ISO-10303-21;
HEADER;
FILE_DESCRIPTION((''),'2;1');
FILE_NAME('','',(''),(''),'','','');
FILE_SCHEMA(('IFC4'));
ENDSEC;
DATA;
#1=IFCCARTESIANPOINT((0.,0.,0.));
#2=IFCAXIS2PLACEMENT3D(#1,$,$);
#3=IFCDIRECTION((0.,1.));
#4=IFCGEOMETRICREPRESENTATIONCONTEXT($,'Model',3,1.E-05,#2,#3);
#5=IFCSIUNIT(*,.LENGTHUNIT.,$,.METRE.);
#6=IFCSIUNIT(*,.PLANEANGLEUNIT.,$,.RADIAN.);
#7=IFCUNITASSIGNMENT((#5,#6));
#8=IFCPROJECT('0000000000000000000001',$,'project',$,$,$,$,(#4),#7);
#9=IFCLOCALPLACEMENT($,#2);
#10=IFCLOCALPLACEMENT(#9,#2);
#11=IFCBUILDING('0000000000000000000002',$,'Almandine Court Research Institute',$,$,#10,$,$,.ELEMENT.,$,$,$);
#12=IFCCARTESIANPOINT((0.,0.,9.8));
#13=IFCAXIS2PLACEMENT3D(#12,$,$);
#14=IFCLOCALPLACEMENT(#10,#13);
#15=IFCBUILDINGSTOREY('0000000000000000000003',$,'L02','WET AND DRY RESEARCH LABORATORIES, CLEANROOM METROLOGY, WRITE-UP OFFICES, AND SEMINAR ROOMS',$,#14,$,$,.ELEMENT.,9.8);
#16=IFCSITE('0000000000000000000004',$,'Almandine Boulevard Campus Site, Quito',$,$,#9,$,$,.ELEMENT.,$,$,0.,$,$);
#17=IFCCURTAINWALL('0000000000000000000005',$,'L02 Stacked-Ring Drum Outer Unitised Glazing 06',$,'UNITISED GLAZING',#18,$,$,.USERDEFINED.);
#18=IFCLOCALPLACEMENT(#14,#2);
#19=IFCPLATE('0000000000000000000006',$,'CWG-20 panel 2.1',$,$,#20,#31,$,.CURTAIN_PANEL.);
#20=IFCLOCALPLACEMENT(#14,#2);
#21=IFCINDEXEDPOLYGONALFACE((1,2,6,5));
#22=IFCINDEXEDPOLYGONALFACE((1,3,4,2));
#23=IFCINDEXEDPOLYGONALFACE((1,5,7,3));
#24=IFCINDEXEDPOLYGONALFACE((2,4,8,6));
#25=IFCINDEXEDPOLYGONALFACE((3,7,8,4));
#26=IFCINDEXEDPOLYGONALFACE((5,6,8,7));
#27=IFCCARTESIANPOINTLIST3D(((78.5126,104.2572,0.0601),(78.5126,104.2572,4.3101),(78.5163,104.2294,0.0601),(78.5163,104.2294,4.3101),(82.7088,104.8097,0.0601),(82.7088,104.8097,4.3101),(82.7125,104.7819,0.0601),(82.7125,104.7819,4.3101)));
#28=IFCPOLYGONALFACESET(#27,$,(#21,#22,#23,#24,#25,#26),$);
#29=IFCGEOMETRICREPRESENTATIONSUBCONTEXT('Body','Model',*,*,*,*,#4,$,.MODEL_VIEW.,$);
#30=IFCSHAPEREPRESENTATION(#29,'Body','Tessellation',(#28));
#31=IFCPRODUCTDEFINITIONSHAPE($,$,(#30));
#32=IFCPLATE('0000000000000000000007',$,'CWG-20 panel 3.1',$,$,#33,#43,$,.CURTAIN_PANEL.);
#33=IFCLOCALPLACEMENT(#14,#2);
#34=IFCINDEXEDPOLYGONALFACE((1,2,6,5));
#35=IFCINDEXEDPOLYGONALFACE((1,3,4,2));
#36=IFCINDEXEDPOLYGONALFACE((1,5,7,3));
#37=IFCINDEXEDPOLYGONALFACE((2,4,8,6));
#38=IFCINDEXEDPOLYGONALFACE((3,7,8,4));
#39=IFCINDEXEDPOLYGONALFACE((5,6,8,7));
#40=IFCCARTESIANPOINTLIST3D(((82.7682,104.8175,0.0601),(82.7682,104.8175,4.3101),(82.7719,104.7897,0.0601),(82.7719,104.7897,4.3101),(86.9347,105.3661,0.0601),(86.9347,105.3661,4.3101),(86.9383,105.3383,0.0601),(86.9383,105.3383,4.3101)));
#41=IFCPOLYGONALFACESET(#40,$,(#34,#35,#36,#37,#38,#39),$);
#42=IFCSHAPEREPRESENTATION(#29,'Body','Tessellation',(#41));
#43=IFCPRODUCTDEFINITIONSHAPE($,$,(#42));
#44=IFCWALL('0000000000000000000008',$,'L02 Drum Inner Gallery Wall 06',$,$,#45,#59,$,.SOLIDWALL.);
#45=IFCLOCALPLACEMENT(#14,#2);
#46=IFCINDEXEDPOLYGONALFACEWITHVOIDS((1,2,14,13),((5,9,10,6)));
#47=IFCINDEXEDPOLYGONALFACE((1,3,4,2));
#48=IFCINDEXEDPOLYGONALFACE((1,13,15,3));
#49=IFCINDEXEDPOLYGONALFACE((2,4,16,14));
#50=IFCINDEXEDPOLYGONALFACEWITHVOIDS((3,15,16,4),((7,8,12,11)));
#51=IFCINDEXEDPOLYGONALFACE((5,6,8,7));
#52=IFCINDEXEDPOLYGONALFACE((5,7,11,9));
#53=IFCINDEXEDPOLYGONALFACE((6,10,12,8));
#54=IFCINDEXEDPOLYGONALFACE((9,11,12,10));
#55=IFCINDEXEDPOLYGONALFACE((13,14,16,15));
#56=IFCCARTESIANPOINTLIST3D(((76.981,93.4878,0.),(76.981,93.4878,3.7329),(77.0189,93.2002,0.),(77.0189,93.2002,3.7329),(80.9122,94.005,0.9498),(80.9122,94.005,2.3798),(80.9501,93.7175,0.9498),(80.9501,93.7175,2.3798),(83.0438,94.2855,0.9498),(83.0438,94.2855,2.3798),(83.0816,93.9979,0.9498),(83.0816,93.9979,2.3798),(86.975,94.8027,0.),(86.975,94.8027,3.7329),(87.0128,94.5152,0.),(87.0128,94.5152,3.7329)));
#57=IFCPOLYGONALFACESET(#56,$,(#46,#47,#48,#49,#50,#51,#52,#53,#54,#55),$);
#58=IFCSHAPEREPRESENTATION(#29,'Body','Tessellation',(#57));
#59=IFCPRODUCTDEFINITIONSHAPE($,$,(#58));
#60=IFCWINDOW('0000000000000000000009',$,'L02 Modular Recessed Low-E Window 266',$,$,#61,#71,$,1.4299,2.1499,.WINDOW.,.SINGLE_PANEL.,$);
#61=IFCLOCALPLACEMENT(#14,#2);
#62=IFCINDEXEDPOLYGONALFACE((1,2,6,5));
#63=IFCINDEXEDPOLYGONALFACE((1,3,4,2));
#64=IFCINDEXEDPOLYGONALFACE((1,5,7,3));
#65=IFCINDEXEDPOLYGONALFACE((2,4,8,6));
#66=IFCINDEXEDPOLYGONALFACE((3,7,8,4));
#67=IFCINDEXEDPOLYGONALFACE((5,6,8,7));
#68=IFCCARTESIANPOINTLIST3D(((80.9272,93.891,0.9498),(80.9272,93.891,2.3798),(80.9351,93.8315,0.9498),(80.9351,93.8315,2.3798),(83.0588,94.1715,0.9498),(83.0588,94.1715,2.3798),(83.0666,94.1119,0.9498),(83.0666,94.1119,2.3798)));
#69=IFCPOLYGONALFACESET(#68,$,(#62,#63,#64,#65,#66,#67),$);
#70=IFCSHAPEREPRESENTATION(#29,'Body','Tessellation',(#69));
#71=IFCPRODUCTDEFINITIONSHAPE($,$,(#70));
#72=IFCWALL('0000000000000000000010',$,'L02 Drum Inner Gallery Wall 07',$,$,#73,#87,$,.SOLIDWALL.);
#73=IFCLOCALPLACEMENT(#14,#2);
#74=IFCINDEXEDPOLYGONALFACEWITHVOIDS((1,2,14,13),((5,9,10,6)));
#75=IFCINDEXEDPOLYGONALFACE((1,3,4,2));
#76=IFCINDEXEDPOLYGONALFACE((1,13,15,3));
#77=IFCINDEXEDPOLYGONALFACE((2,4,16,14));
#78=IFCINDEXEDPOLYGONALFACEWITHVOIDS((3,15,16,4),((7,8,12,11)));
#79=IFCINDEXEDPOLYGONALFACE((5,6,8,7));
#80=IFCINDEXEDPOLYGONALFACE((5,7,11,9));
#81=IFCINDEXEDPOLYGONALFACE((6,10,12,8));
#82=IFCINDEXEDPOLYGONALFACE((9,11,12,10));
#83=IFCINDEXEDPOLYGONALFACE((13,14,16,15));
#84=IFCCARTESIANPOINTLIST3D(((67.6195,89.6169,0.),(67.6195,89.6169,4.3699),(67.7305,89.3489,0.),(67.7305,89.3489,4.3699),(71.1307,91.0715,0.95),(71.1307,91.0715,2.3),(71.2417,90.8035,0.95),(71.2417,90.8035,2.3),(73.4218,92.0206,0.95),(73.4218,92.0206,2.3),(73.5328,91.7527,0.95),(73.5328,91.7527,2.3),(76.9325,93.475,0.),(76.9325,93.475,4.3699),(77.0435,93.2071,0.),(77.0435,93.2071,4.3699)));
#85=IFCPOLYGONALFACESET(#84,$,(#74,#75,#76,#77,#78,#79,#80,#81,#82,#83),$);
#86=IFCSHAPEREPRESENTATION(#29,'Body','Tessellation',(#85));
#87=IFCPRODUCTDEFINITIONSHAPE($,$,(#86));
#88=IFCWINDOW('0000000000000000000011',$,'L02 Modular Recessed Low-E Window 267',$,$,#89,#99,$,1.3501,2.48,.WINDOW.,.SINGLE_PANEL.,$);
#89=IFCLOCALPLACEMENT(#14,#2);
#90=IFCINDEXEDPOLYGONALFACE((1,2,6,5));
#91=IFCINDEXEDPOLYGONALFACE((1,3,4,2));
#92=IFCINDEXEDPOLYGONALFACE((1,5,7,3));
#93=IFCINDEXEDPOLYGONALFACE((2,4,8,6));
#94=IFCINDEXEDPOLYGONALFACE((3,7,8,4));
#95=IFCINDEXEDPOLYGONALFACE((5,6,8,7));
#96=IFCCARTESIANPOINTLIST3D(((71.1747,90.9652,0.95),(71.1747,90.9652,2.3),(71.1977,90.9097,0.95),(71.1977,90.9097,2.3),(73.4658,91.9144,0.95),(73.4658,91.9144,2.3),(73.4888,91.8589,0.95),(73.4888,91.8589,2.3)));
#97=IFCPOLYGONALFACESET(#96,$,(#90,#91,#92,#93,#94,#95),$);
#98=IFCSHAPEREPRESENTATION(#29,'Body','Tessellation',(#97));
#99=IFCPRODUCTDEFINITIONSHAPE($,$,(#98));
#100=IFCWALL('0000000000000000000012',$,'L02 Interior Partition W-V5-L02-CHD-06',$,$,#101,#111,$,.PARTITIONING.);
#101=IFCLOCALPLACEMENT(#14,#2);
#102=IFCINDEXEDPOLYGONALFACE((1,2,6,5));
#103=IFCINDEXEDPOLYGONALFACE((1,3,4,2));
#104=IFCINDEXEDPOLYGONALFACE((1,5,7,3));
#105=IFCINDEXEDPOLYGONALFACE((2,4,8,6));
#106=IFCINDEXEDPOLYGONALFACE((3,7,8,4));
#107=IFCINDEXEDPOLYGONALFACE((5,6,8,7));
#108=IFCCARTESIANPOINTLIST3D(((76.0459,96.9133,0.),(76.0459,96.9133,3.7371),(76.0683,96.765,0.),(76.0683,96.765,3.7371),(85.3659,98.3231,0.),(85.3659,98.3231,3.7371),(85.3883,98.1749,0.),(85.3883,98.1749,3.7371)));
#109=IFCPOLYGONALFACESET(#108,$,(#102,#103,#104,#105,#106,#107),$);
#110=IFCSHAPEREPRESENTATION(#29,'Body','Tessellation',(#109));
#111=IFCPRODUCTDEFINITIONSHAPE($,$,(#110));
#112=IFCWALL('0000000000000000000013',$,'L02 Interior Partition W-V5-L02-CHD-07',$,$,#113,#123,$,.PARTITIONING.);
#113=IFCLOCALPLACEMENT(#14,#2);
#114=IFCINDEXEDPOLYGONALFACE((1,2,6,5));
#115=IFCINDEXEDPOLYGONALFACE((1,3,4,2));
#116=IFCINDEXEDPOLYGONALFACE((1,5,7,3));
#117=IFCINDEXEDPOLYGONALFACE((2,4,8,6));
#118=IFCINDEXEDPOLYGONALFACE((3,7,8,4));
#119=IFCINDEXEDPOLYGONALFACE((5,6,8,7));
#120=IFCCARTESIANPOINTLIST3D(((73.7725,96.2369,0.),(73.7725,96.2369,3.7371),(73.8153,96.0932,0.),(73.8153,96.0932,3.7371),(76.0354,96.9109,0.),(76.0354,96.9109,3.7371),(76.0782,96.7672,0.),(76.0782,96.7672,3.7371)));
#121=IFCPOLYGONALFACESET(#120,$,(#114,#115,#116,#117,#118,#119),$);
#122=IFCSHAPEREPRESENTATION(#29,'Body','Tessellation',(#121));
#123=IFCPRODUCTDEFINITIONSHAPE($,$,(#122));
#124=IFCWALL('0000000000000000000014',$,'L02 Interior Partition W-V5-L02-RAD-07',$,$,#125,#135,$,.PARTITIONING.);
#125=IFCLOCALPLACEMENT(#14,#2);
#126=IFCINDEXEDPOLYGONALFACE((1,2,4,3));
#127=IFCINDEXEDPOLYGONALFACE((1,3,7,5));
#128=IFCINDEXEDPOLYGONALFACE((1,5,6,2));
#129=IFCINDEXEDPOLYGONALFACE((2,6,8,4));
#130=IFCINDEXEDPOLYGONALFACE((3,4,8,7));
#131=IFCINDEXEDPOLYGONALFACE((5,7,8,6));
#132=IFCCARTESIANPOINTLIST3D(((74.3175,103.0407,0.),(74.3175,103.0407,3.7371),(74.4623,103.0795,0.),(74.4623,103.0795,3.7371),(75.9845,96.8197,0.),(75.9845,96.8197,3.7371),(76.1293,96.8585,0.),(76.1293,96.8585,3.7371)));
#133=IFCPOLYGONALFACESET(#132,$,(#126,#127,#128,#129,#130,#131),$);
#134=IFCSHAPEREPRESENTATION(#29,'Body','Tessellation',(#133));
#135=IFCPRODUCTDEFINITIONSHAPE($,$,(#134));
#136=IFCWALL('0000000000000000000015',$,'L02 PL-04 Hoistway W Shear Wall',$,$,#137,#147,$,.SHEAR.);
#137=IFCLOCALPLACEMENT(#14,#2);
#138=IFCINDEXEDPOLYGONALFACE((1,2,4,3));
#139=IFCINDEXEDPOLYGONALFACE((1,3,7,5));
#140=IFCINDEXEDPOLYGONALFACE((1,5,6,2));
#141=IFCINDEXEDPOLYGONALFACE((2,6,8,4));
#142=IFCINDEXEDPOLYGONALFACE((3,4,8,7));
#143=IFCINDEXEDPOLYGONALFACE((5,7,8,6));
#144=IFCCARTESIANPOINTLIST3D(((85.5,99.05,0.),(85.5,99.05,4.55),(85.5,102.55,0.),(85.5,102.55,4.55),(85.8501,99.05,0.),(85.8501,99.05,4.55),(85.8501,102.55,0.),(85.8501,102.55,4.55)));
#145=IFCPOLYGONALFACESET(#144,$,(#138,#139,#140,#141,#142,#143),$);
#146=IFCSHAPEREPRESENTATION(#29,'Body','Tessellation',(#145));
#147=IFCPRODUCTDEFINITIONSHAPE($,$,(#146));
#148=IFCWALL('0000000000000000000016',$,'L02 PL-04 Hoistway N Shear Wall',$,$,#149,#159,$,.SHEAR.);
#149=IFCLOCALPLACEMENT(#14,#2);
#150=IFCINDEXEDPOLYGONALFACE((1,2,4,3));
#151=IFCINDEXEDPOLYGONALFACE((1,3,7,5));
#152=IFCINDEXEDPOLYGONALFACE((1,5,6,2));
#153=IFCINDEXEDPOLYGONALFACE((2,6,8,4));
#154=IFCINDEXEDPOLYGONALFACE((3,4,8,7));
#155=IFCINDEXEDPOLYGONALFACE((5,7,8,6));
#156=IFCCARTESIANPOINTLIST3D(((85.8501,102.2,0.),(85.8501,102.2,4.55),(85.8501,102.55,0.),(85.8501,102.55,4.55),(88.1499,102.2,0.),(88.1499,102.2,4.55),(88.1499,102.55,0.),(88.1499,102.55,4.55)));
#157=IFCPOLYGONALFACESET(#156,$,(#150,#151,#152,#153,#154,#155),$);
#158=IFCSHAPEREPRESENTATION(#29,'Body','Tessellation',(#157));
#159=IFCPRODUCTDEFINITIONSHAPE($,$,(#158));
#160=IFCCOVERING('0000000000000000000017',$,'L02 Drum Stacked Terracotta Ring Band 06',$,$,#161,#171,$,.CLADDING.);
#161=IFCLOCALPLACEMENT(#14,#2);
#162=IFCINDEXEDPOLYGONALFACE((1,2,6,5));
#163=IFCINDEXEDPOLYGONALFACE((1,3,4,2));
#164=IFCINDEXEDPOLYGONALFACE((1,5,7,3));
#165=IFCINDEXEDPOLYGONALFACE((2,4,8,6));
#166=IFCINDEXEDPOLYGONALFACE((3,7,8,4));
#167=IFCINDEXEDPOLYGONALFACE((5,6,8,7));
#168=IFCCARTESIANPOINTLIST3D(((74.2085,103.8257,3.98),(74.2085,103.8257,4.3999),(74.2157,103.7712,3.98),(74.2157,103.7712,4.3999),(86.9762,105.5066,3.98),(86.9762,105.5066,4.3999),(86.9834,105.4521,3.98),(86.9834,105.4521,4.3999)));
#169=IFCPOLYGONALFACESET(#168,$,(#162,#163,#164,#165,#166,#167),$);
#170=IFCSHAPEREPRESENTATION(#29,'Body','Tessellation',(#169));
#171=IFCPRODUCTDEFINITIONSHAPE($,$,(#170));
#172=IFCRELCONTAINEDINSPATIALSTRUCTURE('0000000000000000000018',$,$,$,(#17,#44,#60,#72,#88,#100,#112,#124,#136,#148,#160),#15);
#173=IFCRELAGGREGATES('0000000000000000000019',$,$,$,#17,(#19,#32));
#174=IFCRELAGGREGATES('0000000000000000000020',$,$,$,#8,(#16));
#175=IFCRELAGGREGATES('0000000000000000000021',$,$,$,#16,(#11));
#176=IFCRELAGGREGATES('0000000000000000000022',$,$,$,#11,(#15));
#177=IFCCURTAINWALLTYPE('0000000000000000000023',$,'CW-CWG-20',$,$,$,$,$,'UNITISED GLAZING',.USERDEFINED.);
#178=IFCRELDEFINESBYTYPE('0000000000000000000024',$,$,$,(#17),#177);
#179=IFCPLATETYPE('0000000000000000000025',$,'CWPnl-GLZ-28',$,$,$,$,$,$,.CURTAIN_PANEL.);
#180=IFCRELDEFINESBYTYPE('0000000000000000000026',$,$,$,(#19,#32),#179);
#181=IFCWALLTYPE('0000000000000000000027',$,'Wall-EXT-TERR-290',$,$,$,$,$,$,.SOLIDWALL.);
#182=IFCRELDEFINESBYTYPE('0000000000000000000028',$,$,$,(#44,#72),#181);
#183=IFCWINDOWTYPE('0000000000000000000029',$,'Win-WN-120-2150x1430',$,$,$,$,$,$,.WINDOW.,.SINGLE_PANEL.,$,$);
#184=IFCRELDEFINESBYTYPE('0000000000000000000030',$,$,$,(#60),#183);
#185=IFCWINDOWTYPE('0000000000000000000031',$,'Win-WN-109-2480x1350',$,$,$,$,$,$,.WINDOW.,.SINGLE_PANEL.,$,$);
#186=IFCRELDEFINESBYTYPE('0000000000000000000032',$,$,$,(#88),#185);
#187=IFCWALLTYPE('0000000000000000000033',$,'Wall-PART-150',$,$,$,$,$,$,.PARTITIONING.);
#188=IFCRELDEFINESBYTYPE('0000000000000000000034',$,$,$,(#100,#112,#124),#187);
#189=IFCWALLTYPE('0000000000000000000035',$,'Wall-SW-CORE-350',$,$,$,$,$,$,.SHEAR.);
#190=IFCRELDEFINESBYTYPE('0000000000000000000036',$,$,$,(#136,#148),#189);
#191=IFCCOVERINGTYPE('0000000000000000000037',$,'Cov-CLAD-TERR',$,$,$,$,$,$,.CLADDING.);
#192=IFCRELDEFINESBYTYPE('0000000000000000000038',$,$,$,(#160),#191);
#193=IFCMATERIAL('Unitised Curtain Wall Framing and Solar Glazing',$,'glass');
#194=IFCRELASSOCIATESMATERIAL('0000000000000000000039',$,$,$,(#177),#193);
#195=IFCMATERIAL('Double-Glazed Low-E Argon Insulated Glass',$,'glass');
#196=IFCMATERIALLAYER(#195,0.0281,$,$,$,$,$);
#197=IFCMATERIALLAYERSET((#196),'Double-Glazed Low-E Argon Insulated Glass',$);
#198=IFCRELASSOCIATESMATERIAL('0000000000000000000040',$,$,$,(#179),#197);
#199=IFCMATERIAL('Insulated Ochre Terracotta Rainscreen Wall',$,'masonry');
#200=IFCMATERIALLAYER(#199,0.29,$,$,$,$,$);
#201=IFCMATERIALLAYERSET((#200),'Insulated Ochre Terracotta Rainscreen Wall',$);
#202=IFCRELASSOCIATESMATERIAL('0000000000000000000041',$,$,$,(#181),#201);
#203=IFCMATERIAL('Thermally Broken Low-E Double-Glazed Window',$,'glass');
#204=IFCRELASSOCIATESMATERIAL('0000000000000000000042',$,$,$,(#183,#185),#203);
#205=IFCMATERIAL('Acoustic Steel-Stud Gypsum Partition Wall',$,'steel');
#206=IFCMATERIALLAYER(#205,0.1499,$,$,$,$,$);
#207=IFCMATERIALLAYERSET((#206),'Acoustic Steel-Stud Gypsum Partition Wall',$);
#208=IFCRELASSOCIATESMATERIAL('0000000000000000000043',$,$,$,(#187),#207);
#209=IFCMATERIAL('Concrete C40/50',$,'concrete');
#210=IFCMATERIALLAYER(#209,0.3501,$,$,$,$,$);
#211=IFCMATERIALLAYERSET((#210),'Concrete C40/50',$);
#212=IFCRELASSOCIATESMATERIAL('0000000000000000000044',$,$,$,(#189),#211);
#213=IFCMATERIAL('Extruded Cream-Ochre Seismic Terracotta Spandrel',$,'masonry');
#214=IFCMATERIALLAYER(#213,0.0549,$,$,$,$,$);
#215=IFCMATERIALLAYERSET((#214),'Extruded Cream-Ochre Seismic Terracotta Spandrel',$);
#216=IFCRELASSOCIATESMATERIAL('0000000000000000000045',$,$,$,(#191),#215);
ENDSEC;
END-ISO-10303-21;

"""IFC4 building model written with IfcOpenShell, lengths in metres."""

from ifc_helpers import new_model, si_unit, direction, frame, frame_2d, origin, origin_2d, place, context, subcontext, project, spatial, rectangle, extrude, material, layer, layer_set, type_object, element, fill, aggregate, save


model = new_model("IFC4")

# Units and contexts
model_context = context("Model", 3, precision=1e-05, world=origin(), true_north=direction((0.0, 1.0)))
body_context = subcontext(model_context, "Body", "Model", "MODEL_VIEW")
ifc_project = project(units=[si_unit("LENGTHUNIT", "METRE"), si_unit("PLANEANGLEUNIT", "RADIAN")], contexts=[model_context])

# Site, building, storey
site_placement = place(None, origin())
site = spatial("IfcSite", under=ifc_project, at=site_placement, Name="Almandine Boulevard Campus Site, Quito", CompositionType="ELEMENT", RefElevation=0.0)
building_placement = place(site_placement, origin())
building = spatial("IfcBuilding", under=site, at=building_placement, Name="Almandine Court Research Institute", CompositionType="ELEMENT")
storey_placement = place(building_placement, frame((0.0, 0.0, 9.8)))
storey = spatial("IfcBuildingStorey", under=building, at=storey_placement, Name="L02", Description="WET AND DRY RESEARCH LABORATORIES, CLEANROOM METROLOGY, WRITE-UP OFFICES, AND SEMINAR ROOMS", CompositionType="ELEMENT", Elevation=9.8)

# Curtain wall, plates
ifc_material_1 = material(Name="Unitised Curtain Wall Framing and Solar Glazing", Category="glass")
curtain_wall_type = type_object("IfcCurtainWallType", Name="CW-CWG-20", ElementType="UNITISED GLAZING", PredefinedType="USERDEFINED", material=ifc_material_1)
curtain_wall_placement = place(storey_placement, origin())
curtain_wall = element("IfcCurtainWall", 1, at=curtain_wall_placement, inside=storey, type_object=curtain_wall_type, Name="L02 Stacked-Ring Drum Outer Unitised Glazing 06", ObjectType="UNITISED GLAZING", PredefinedType="USERDEFINED")
ifc_material_2 = material(Name="Double-Glazed Low-E Argon Insulated Glass", Category="glass")
ifc_layer_1 = layer(ifc_material_2, 0.0281)
ifc_layer_set_1 = layer_set([ifc_layer_1], Name="Double-Glazed Low-E Argon Insulated Glass")
plate_type = type_object("IfcPlateType", Name="CWPnl-GLZ-28", PredefinedType="CURTAIN_PANEL", material=ifc_layer_set_1)
plate_1_placement = place(storey_placement, frame((80.6125, 104.5195, 0.0601), z_axis=(0.0, 0.0, 1.0), x_axis=(0.991443, 0.130541, 0.0)))
plate_1 = element("IfcPlate", 2, at=plate_1_placement, type_object=plate_type, Name="CWG-20 panel 2.1", PredefinedType="CURTAIN_PANEL", context=body_context, shape_type="SweptSolid", body=[
    extrude(rectangle(XDim=4.2324, YDim=0.0281, at=origin_2d()), origin(), (0.0, 0.0, 1.0), 4.25),
])
plate_2_placement = place(storey_placement, frame((84.8533, 105.0779, 0.0601), z_axis=(0.0, 0.0, 1.0), x_axis=(0.991443, 0.130541, 0.0)))
plate_2 = element("IfcPlate", 3, at=plate_2_placement, type_object=plate_type, Name="CWG-20 panel 3.1", PredefinedType="CURTAIN_PANEL", context=body_context, shape_type="SweptSolid", body=[
    extrude(rectangle(XDim=4.2024, YDim=0.0281, at=origin_2d()), origin(), (0.0, 0.0, 1.0), 4.25),
])
aggregate(curtain_wall, [plate_1, plate_2])

# Walls, openings, windows
ifc_material_3 = material(Name="Insulated Ochre Terracotta Rainscreen Wall", Category="masonry")
ifc_layer_2 = layer(ifc_material_3, 0.29)
ifc_layer_set_2 = layer_set([ifc_layer_2], Name="Insulated Ochre Terracotta Rainscreen Wall")
wall_type_1 = type_object("IfcWallType", Name="Wall-EXT-TERR-290", PredefinedType="SOLIDWALL", material=ifc_layer_set_2)
wall_1_placement = place(storey_placement, frame((86.9939, 94.6589, 0.0), z_axis=(0.0, 0.0, 1.0), x_axis=(-0.991455, -0.13045, 0.0)))
wall_1 = element("IfcWall", 4, at=wall_1_placement, inside=storey, type_object=wall_type_1, Name="L02 Drum Inner Gallery Wall 06", PredefinedType="SOLIDWALL", context=body_context, shape_type="SweptSolid", body=[
    extrude(rectangle(XDim=10.0801, YDim=0.29, at=frame_2d((5.04, 0.0))), origin(), (0.0, 0.0, 1.0), 3.7329),
])
opening_1_placement = place(wall_1_placement, frame((3.9651, 0.0, 0.95)))
opening_1 = element("IfcOpeningElement", 5, at=opening_1_placement, cuts=wall_1, PredefinedType="OPENING", context=body_context, shape_type="SweptSolid", body=[
    extrude(rectangle(XDim=2.1499, YDim=1.4299, at=frame_2d((1.075, 0.7148))), frame((0.0, 0.155, 0.0), z_axis=(0.0, -1.0, 0.0), x_axis=(1.0, 0.0, 0.0)), (0.0, 0.0, 1.0), 0.3101),
])
ifc_material_4 = material(Name="Thermally Broken Low-E Double-Glazed Window", Category="glass")
window_type_1 = type_object("IfcWindowType", Name="Win-WN-120-2150x1430", PartitioningType="SINGLE_PANEL", PredefinedType="WINDOW", material=ifc_material_4)
window_1_placement = place(opening_1_placement, origin())
window_1 = element("IfcWindow", 6, at=window_1_placement, inside=storey, type_object=window_type_1, Name="L02 Modular Recessed Low-E Window 266", OverallHeight=1.4299, OverallWidth=2.1499, PartitioningType="SINGLE_PANEL", PredefinedType="WINDOW", context=body_context, shape_type="SweptSolid", body=[
    extrude(rectangle(XDim=2.1499, YDim=1.4299, at=frame_2d((1.075, 0.7148))), frame((0.0, 0.03, 0.0), z_axis=(0.0, -1.0, 0.0), x_axis=(1.0, 0.0, 0.0)), (0.0, 0.0, 1.0), 0.0601),
])
fill(opening_1, window_1)
wall_2_placement = place(storey_placement, frame((76.988, 93.3411, 0.0), z_axis=(0.0, 0.0, 1.0), x_axis=(-0.923859, -0.382733, 0.0)))
wall_2 = element("IfcWall", 7, at=wall_2_placement, inside=storey, type_object=wall_type_1, Name="L02 Drum Inner Gallery Wall 07", PredefinedType="SOLIDWALL", context=body_context, shape_type="SweptSolid", body=[
    extrude(rectangle(XDim=10.0806, YDim=0.29, at=frame_2d((5.0403, 0.0))), origin(), (0.0, 0.0, 1.0), 4.3699),
])
opening_2_placement = place(wall_2_placement, frame((3.8, 0.0, 0.95)))
opening_2 = element("IfcOpeningElement", 8, at=opening_2_placement, cuts=wall_2, PredefinedType="OPENING", context=body_context, shape_type="SweptSolid", body=[
    extrude(rectangle(XDim=2.48, YDim=1.3501, at=frame_2d((1.24, 0.675))), frame((0.0, 0.155, 0.0), z_axis=(0.0, -1.0, 0.0), x_axis=(1.0, 0.0, 0.0)), (0.0, 0.0, 1.0), 0.3101),
])
window_type_2 = type_object("IfcWindowType", Name="Win-WN-109-2480x1350", PartitioningType="SINGLE_PANEL", PredefinedType="WINDOW", material=ifc_material_4)
window_2_placement = place(opening_2_placement, origin())
window_2 = element("IfcWindow", 9, at=window_2_placement, inside=storey, type_object=window_type_2, Name="L02 Modular Recessed Low-E Window 267", OverallHeight=1.3501, OverallWidth=2.48, PartitioningType="SINGLE_PANEL", PredefinedType="WINDOW", context=body_context, shape_type="SweptSolid", body=[
    extrude(rectangle(XDim=2.48, YDim=1.3501, at=frame_2d((1.24, 0.675))), frame((0.0, 0.03, 0.0), z_axis=(0.0, -1.0, 0.0), x_axis=(1.0, 0.0, 0.0)), (0.0, 0.0, 1.0), 0.0601),
])
fill(opening_2, window_2)

# Walls
ifc_material_5 = material(Name="Acoustic Steel-Stud Gypsum Partition Wall", Category="steel")
ifc_layer_3 = layer(ifc_material_5, 0.1499)
ifc_layer_set_3 = layer_set([ifc_layer_3], Name="Acoustic Steel-Stud Gypsum Partition Wall")
wall_type_2 = type_object("IfcWallType", Name="Wall-PART-150", PredefinedType="PARTITIONING", material=ifc_layer_set_3)
wall_3_placement = place(storey_placement, frame((85.377, 98.249, 0.0), z_axis=(0.0, 0.0, 1.0), x_axis=(-0.98875, -0.149575, 0.0)))
element("IfcWall", 10, at=wall_3_placement, inside=storey, type_object=wall_type_2, Name="L02 Interior Partition W-V5-L02-CHD-06", PredefinedType="PARTITIONING", context=body_context, shape_type="SweptSolid", body=[
    extrude(rectangle(XDim=9.426, YDim=0.1499, at=frame_2d((4.7129, 0.0))), origin(), (0.0, 0.0, 1.0), 3.7371),
])
wall_4_placement = place(storey_placement, frame((76.0569, 96.8391, 0.0), z_axis=(0.0, 0.0, 1.0), x_axis=(-0.958385, -0.285479, 0.0)))
element("IfcWall", 11, at=wall_4_placement, inside=storey, type_object=wall_type_2, Name="L02 Interior Partition W-V5-L02-CHD-07", PredefinedType="PARTITIONING", context=body_context, shape_type="SweptSolid", body=[
    extrude(rectangle(XDim=2.3611, YDim=0.1499, at=frame_2d((1.1807, 0.0))), origin(), (0.0, 0.0, 1.0), 3.7371),
])
wall_5_placement = place(storey_placement, frame((76.0569, 96.8391, 0.0), z_axis=(0.0, 0.0, 1.0), x_axis=(-0.258833, 0.965922, 0.0)))
element("IfcWall", 12, at=wall_5_placement, inside=storey, type_object=wall_type_2, Name="L02 Interior Partition W-V5-L02-RAD-07", PredefinedType="PARTITIONING", context=body_context, shape_type="SweptSolid", body=[
    extrude(rectangle(XDim=6.4404, YDim=0.1499, at=frame_2d((3.2202, 0.0))), origin(), (0.0, 0.0, 1.0), 3.7371),
])
ifc_material_6 = material(Name="Concrete C40/50", Category="concrete")
ifc_layer_4 = layer(ifc_material_6, 0.3501)
ifc_layer_set_4 = layer_set([ifc_layer_4], Name="Concrete C40/50")
wall_type_3 = type_object("IfcWallType", Name="Wall-SW-CORE-350", PredefinedType="SHEAR", material=ifc_layer_set_4)
wall_6_placement = place(storey_placement, frame((85.675, 99.05, 0.0), z_axis=(0.0, 0.0, 1.0), x_axis=(0.0, 1.0, 0.0)))
element("IfcWall", 13, at=wall_6_placement, inside=storey, type_object=wall_type_3, Name="L02 PL-04 Hoistway W Shear Wall", PredefinedType="SHEAR", context=body_context, shape_type="SweptSolid", body=[
    extrude(rectangle(XDim=3.5, YDim=0.3501, at=frame_2d((1.75, 0.0))), origin(), (0.0, 0.0, 1.0), 4.55),
])
wall_7_placement = place(storey_placement, frame((85.8501, 102.375, 0.0), z_axis=(0.0, 0.0, 1.0), x_axis=(1.0, 0.0, 0.0)))
element("IfcWall", 14, at=wall_7_placement, inside=storey, type_object=wall_type_3, Name="L02 PL-04 Hoistway N Shear Wall", PredefinedType="SHEAR", context=body_context, shape_type="SweptSolid", body=[
    extrude(rectangle(XDim=2.2998, YDim=0.3501, at=frame_2d((1.1499, 0.0))), origin(), (0.0, 0.0, 1.0), 4.55),
])

# Covering
ifc_material_7 = material(Name="Extruded Cream-Ochre Seismic Terracotta Spandrel", Category="masonry")
ifc_layer_5 = layer(ifc_material_7, 0.0549)
ifc_layer_set_5 = layer_set([ifc_layer_5], Name="Extruded Cream-Ochre Seismic Terracotta Spandrel")
covering_type = type_object("IfcCoveringType", Name="Cov-CLAD-TERR", PredefinedType="CLADDING", material=ifc_layer_set_5)
covering_1_placement = place(storey_placement, frame((80.5959, 104.6389, 3.98), z_axis=(0.0, 0.0, 1.0), x_axis=(0.991445, 0.130526, 0.0)))
element("IfcCovering", 15, at=covering_1_placement, inside=storey, type_object=covering_type, Name="L02 Drum Stacked Terracotta Ring Band 06", PredefinedType="CLADDING", context=body_context, shape_type="SweptSolid", body=[
    extrude(rectangle(XDim=12.8779, YDim=0.0549, at=origin_2d()), origin(), (0.0, 0.0, 1.0), 0.4199),
])

save(model, "model.ifc")
